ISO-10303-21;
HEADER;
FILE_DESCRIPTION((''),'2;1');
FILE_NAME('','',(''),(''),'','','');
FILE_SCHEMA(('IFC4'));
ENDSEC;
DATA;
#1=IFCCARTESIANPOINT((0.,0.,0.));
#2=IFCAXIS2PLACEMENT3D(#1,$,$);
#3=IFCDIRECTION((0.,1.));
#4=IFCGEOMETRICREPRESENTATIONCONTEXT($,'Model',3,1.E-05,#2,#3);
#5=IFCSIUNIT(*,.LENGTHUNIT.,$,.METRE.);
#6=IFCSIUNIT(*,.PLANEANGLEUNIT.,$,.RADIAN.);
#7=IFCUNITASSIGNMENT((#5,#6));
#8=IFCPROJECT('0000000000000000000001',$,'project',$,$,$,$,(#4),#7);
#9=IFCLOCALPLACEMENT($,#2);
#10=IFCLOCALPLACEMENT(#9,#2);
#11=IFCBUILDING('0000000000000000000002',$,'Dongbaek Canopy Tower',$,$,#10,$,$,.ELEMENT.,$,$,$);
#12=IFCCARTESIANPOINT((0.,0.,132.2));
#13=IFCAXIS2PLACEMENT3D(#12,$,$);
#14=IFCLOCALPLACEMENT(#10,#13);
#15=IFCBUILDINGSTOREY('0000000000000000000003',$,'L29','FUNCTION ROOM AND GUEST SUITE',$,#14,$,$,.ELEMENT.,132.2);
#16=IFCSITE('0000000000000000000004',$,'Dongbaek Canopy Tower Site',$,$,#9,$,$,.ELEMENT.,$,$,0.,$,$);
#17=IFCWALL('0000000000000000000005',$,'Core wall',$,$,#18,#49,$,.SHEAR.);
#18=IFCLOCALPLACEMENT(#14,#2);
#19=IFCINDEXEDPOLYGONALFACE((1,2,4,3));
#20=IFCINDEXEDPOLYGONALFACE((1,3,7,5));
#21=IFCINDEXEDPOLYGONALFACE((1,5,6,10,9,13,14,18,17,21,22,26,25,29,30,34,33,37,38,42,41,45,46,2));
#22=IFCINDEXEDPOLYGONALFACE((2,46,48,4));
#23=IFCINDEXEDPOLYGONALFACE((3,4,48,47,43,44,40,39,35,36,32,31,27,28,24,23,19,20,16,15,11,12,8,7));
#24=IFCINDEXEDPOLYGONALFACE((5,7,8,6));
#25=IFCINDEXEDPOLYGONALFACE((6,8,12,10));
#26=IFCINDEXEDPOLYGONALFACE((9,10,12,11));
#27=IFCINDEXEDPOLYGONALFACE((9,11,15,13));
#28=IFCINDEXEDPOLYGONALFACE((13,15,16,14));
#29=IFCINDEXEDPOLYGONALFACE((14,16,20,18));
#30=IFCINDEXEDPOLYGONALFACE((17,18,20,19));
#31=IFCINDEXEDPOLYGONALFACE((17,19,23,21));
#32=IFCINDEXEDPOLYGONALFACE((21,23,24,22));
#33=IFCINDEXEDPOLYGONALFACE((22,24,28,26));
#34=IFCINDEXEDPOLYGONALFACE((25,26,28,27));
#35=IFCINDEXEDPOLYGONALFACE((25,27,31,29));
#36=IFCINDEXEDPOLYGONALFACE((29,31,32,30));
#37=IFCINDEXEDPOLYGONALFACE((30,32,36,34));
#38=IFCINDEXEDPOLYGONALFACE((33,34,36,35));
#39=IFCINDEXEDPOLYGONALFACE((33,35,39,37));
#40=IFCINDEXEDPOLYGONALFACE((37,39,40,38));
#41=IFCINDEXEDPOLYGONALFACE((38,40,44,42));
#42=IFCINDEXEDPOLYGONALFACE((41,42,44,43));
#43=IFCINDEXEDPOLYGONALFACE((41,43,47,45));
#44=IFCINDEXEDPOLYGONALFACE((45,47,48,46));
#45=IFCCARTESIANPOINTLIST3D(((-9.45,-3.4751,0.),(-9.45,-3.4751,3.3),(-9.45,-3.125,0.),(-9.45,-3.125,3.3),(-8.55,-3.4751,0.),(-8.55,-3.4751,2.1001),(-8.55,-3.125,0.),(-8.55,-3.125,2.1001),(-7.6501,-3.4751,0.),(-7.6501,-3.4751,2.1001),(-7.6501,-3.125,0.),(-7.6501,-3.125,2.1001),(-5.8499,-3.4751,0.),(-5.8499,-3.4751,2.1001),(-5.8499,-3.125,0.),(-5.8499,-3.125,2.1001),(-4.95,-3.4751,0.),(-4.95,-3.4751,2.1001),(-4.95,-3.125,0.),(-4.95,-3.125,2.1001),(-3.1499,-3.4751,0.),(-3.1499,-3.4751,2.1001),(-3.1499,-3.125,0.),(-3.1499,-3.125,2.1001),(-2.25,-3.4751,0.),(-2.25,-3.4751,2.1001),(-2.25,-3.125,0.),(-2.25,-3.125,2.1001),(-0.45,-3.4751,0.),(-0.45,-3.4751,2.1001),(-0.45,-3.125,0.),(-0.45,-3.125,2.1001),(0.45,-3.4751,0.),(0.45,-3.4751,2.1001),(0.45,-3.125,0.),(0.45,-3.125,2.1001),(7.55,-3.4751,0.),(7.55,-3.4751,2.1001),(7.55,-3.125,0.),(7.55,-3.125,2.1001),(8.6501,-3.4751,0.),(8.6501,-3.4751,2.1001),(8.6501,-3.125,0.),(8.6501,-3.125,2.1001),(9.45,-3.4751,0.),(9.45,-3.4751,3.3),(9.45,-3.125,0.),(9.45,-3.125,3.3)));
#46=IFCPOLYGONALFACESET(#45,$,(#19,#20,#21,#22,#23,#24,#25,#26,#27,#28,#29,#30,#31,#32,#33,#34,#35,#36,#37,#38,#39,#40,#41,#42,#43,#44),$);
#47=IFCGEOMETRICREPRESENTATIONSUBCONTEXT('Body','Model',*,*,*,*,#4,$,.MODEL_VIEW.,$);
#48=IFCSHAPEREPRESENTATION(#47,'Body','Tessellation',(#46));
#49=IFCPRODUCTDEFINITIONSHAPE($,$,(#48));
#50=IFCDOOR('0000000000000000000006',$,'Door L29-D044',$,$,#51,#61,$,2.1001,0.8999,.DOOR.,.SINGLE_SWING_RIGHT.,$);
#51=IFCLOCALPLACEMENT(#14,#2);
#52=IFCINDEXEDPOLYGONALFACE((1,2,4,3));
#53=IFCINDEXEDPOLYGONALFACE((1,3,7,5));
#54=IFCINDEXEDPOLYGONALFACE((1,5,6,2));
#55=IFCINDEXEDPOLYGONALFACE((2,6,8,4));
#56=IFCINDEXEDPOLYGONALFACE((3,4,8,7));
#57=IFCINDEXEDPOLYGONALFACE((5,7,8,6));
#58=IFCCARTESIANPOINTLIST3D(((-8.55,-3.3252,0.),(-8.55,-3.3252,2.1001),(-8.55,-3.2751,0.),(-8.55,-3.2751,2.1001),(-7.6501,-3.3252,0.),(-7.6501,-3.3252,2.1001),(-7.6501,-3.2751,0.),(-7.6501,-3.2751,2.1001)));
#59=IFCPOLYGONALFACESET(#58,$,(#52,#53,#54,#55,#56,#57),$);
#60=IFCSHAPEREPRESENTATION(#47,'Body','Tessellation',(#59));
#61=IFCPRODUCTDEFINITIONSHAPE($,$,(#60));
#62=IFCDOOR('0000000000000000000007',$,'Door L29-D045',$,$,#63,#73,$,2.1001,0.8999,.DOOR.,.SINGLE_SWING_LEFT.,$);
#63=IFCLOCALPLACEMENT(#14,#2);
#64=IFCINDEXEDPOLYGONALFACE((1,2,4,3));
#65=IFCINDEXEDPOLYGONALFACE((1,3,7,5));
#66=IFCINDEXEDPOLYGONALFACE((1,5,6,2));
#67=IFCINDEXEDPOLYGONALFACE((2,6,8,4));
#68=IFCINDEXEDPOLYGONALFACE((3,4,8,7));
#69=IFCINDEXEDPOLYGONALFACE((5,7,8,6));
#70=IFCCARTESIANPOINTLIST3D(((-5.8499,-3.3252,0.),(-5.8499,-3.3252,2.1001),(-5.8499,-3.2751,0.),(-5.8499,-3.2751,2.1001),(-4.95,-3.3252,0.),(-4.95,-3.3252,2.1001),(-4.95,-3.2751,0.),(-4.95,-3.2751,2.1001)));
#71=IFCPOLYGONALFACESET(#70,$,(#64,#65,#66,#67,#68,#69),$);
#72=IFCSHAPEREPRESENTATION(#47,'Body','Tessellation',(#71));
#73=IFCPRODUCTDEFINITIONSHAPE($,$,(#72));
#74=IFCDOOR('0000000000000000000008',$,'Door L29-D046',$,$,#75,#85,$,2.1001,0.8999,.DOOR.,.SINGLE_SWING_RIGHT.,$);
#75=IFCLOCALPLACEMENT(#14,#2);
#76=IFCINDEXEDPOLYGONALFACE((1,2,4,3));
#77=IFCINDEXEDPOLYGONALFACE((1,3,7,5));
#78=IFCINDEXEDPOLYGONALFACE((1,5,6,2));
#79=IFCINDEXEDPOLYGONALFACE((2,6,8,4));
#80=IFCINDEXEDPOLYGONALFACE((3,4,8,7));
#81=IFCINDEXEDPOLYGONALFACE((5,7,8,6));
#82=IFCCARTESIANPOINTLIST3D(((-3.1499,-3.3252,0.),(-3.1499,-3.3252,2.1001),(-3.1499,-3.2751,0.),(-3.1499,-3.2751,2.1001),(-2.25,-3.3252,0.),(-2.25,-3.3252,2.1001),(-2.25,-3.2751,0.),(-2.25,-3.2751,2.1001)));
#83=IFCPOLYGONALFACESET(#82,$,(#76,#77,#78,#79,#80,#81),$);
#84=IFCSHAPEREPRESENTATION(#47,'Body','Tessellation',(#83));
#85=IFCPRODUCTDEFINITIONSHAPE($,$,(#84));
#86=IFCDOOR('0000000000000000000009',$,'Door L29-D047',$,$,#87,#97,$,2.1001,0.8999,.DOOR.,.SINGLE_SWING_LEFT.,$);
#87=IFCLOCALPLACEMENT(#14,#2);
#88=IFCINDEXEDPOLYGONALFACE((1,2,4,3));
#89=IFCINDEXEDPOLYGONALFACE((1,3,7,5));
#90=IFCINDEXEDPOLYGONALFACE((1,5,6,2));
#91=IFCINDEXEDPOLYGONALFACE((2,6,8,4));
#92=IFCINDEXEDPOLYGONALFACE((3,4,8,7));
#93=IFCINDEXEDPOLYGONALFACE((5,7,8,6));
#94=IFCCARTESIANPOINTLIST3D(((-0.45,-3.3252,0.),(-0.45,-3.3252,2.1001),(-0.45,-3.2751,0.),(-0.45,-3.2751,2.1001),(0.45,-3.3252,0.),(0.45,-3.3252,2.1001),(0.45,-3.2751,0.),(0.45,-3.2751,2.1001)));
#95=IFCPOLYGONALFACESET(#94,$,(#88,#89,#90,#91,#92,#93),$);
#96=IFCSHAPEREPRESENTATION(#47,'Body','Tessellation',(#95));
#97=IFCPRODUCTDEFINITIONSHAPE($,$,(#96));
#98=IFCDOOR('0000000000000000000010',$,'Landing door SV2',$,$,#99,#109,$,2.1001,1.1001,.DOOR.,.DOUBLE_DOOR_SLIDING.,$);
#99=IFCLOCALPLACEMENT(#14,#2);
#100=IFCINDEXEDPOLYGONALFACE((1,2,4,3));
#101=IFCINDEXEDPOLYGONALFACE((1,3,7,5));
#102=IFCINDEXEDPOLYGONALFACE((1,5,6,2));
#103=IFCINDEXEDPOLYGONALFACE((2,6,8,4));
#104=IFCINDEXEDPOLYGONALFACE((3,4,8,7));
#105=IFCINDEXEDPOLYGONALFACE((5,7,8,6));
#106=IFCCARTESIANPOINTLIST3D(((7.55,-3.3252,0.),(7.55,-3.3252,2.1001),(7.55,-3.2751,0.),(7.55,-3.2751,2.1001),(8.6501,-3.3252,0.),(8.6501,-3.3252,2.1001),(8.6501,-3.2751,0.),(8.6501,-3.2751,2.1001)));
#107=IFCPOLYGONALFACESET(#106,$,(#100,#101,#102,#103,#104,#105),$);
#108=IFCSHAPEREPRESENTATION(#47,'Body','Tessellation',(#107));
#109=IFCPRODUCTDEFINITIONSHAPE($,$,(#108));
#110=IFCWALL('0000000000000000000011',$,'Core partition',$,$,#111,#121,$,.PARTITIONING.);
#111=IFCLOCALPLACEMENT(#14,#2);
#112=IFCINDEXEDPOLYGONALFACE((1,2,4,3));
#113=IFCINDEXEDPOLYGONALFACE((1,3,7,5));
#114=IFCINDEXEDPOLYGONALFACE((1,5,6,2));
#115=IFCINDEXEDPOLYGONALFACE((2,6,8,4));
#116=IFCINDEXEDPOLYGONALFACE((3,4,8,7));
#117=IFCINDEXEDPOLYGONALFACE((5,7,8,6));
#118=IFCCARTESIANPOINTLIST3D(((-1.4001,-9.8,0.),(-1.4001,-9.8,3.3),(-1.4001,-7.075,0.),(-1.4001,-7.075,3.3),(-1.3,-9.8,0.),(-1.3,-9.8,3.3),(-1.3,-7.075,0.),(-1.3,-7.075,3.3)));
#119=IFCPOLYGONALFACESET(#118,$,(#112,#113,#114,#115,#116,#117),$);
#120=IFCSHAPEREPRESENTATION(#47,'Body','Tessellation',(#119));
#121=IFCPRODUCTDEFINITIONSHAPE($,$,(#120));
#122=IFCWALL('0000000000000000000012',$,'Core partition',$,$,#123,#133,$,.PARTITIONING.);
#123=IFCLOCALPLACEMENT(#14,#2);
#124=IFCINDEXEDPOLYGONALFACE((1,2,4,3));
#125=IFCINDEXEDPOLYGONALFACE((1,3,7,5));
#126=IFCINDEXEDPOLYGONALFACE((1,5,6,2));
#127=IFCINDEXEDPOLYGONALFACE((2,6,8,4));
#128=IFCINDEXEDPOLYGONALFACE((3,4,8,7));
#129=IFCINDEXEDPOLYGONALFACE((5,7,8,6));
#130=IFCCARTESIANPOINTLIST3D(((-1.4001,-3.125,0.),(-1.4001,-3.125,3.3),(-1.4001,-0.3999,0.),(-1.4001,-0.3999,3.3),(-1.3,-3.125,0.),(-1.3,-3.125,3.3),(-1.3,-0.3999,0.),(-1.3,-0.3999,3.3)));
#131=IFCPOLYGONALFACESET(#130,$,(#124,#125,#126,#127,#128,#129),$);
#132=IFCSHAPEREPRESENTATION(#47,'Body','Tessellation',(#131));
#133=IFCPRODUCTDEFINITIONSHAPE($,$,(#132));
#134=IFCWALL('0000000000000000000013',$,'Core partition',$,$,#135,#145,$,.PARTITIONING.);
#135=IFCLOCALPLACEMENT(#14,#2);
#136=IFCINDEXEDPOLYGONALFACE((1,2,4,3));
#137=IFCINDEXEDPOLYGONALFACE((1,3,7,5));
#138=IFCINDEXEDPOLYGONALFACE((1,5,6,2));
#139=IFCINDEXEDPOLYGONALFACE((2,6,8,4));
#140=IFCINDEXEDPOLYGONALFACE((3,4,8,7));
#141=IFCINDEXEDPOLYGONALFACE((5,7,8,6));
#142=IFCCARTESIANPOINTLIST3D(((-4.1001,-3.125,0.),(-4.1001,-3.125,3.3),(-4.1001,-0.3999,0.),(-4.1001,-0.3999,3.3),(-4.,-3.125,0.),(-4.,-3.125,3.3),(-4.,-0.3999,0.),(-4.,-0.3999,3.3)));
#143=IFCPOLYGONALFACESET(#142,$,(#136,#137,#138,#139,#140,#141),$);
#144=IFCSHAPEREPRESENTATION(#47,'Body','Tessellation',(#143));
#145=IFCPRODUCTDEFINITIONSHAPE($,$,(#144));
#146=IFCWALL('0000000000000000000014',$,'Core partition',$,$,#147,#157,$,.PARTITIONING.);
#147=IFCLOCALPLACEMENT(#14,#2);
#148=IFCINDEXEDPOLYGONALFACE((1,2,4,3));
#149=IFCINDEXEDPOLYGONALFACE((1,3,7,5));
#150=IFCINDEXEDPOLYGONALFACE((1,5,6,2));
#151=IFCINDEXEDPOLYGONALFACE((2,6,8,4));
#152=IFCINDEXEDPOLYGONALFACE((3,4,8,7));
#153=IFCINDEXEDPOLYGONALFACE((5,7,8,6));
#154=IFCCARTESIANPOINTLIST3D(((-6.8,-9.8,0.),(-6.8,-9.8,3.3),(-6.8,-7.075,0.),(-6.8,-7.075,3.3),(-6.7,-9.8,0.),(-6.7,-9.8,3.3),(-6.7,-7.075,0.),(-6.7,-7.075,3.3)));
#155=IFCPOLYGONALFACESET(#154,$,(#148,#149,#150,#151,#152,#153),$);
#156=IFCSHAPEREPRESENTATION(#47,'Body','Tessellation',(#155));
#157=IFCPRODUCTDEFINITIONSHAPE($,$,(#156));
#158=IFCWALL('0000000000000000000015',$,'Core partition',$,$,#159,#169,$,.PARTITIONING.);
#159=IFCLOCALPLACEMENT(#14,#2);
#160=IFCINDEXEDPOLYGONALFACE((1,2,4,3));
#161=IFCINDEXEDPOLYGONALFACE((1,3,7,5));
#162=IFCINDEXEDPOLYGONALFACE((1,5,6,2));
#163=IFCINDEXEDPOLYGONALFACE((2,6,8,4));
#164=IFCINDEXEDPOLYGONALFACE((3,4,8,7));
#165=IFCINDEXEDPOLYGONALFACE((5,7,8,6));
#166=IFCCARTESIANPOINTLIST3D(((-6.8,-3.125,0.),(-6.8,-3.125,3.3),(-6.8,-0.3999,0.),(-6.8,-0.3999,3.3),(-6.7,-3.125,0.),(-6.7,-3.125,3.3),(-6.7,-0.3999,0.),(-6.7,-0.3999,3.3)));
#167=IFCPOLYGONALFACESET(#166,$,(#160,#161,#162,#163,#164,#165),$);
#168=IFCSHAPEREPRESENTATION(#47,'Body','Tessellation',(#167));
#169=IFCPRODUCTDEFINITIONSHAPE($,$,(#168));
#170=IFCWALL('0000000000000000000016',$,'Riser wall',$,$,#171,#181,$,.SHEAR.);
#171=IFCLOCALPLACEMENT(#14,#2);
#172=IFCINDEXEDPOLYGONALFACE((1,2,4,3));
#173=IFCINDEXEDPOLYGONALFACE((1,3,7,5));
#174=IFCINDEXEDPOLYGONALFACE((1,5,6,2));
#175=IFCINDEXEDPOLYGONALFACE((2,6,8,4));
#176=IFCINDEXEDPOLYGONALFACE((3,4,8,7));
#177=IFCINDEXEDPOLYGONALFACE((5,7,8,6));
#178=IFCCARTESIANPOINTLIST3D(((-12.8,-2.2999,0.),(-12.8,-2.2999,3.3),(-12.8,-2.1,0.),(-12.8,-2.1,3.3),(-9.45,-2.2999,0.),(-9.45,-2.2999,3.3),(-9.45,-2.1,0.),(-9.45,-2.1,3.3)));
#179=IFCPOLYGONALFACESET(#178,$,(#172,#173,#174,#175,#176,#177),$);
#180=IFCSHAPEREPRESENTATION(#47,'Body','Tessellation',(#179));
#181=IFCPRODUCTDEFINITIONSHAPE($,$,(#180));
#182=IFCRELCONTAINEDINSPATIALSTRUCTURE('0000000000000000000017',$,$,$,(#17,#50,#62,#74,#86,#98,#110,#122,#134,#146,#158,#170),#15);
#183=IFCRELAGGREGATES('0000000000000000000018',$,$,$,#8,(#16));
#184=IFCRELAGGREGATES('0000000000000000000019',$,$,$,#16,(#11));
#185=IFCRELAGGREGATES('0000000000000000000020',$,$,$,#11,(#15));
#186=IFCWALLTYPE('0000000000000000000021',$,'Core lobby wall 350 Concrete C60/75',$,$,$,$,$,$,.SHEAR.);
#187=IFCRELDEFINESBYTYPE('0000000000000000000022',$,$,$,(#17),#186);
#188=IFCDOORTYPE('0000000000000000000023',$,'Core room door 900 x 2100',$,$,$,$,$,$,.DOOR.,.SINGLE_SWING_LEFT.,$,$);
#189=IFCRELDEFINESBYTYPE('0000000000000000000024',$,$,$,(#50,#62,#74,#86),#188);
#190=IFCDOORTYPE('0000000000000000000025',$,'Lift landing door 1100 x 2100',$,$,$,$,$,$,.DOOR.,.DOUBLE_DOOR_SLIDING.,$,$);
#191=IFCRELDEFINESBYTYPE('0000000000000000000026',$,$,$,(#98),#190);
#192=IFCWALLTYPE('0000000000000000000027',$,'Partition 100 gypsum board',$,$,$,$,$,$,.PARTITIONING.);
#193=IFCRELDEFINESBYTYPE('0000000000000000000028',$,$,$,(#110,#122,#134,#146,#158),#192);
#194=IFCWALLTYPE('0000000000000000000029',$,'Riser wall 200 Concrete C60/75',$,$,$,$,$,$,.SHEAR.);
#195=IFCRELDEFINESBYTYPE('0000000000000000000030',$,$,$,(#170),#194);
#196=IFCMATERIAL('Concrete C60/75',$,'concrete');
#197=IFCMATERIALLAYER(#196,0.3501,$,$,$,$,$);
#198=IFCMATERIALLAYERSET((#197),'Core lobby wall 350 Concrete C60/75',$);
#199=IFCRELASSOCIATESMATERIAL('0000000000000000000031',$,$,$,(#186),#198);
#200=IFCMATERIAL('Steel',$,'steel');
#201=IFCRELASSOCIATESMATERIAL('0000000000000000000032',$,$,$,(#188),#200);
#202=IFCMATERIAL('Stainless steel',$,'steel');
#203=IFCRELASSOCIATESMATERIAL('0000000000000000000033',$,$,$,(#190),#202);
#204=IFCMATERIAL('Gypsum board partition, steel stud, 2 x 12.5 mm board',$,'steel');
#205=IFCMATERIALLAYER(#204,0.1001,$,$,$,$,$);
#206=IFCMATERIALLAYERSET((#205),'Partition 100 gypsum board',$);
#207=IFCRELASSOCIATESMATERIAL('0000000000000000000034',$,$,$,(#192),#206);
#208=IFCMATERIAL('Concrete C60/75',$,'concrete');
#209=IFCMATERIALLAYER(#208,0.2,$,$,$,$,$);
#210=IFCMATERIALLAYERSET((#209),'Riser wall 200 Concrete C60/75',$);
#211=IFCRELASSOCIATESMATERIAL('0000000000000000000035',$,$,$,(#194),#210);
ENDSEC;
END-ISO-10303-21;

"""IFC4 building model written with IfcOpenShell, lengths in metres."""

from ifc_helpers import new_model, si_unit, direction, frame, frame_2d, origin, place, context, subcontext, project, spatial, rectangle, extrude, material, layer, layer_set, type_object, element, fill, save


model = new_model("IFC4")

# Units and contexts
model_context = context("Model", 3, precision=1e-05, world=origin(), true_north=direction((0.0, 1.0)))
body_context = subcontext(model_context, "Body", "Model", "MODEL_VIEW")
ifc_project = project(units=[si_unit("LENGTHUNIT", "METRE"), si_unit("PLANEANGLEUNIT", "RADIAN")], contexts=[model_context])

# Site, building, storey
site_placement = place(None, origin())
site = spatial("IfcSite", under=ifc_project, at=site_placement, Name="Dongbaek Canopy Tower Site", CompositionType="ELEMENT", RefElevation=0.0)
building_placement = place(site_placement, origin())
building = spatial("IfcBuilding", under=site, at=building_placement, Name="Dongbaek Canopy Tower", CompositionType="ELEMENT")
storey_placement = place(building_placement, frame((0.0, 0.0, 132.2)))
storey = spatial("IfcBuildingStorey", under=building, at=storey_placement, Name="L29", Description="FUNCTION ROOM AND GUEST SUITE", CompositionType="ELEMENT", Elevation=132.2)

# Wall, openings, doors
ifc_material_1 = material(Name="Concrete C60/75", Category="concrete")
ifc_layer_1 = layer(ifc_material_1, 0.3501)
ifc_layer_set_1 = layer_set([ifc_layer_1], Name="Core lobby wall 350 Concrete C60/75")
wall_type_1 = type_object("IfcWallType", Name="Core lobby wall 350 Concrete C60/75", PredefinedType="SHEAR", material=ifc_layer_set_1)
wall_1_placement = place(storey_placement, frame((-9.45, -3.3, 0.0), z_axis=(0.0, 0.0, 1.0), x_axis=(1.0, 0.0, 0.0)))
wall_1 = element("IfcWall", 1, at=wall_1_placement, inside=storey, type_object=wall_type_1, Name="Core wall", PredefinedType="SHEAR", context=body_context, shape_type="SweptSolid", body=[
    extrude(rectangle(XDim=18.8999, YDim=0.3501, at=frame_2d((9.45, 0.0))), origin(), (0.0, 0.0, 1.0), 3.3),
])
opening_1_placement = place(wall_1_placement, frame((17.0, 0.0, 0.0)))
opening_1 = element("IfcOpeningElement", 2, at=opening_1_placement, cuts=wall_1, PredefinedType="OPENING", context=body_context, shape_type="SweptSolid", body=[
    extrude(rectangle(XDim=1.1001, YDim=2.1001, at=frame_2d((0.55, 1.05))), frame((0.0, 0.1851, 0.0), z_axis=(0.0, -1.0, 0.0), x_axis=(1.0, 0.0, 0.0)), (0.0, 0.0, 1.0), 0.3701),
])
opening_2_placement = place(wall_1_placement, frame((0.8999, 0.0, 0.0)))
opening_2 = element("IfcOpeningElement", 3, at=opening_2_placement, cuts=wall_1, PredefinedType="OPENING", context=body_context, shape_type="SweptSolid", body=[
    extrude(rectangle(XDim=0.8999, YDim=2.1001, at=frame_2d((0.45, 1.05))), frame((0.0, 0.1851, 0.0), z_axis=(0.0, -1.0, 0.0), x_axis=(1.0, 0.0, 0.0)), (0.0, 0.0, 1.0), 0.3701),
])
opening_3_placement = place(wall_1_placement, frame((3.6001, 0.0, 0.0)))
opening_3 = element("IfcOpeningElement", 4, at=opening_3_placement, cuts=wall_1, PredefinedType="OPENING", context=body_context, shape_type="SweptSolid", body=[
    extrude(rectangle(XDim=0.8999, YDim=2.1001, at=frame_2d((0.45, 1.05))), frame((0.0, 0.1851, 0.0), z_axis=(0.0, -1.0, 0.0), x_axis=(1.0, 0.0, 0.0)), (0.0, 0.0, 1.0), 0.3701),
])
opening_4_placement = place(wall_1_placement, frame((6.3, 0.0, 0.0)))
opening_4 = element("IfcOpeningElement", 5, at=opening_4_placement, cuts=wall_1, PredefinedType="OPENING", context=body_context, shape_type="SweptSolid", body=[
    extrude(rectangle(XDim=0.8999, YDim=2.1001, at=frame_2d((0.45, 1.05))), frame((0.0, 0.1851, 0.0), z_axis=(0.0, -1.0, 0.0), x_axis=(1.0, 0.0, 0.0)), (0.0, 0.0, 1.0), 0.3701),
])
opening_5_placement = place(wall_1_placement, frame((9.0, 0.0, 0.0)))
opening_5 = element("IfcOpeningElement", 6, at=opening_5_placement, cuts=wall_1, PredefinedType="OPENING", context=body_context, shape_type="SweptSolid", body=[
    extrude(rectangle(XDim=0.8999, YDim=2.1001, at=frame_2d((0.45, 1.05))), frame((0.0, 0.1851, 0.0), z_axis=(0.0, -1.0, 0.0), x_axis=(1.0, 0.0, 0.0)), (0.0, 0.0, 1.0), 0.3701),
])
ifc_material_2 = material(Name="Steel", Category="steel")
door_type_1 = type_object("IfcDoorType", Name="Core room door 900 x 2100", OperationType="SINGLE_SWING_LEFT", PredefinedType="DOOR", material=ifc_material_2)
door_1_placement = place(opening_2_placement, origin())
door_1 = element("IfcDoor", 7, at=door_1_placement, inside=storey, type_object=door_type_1, Name="Door L29-D044", OperationType="SINGLE_SWING_RIGHT", OverallHeight=2.1001, OverallWidth=0.8999, PredefinedType="DOOR", context=body_context, shape_type="SweptSolid", body=[
    extrude(rectangle(XDim=0.8999, YDim=2.1001, at=frame_2d((0.45, 1.05))), frame((0.0, 0.0249, 0.0), z_axis=(0.0, -1.0, 0.0), x_axis=(1.0, 0.0, 0.0)), (0.0, 0.0, 1.0), 0.05),
])
fill(opening_2, door_1)
door_2_placement = place(opening_3_placement, origin())
door_2 = element("IfcDoor", 8, at=door_2_placement, inside=storey, type_object=door_type_1, Name="Door L29-D045", OperationType="SINGLE_SWING_LEFT", OverallHeight=2.1001, OverallWidth=0.8999, PredefinedType="DOOR", context=body_context, shape_type="SweptSolid", body=[
    extrude(rectangle(XDim=0.8999, YDim=2.1001, at=frame_2d((0.45, 1.05))), frame((0.0, 0.0249, 0.0), z_axis=(0.0, -1.0, 0.0), x_axis=(1.0, 0.0, 0.0)), (0.0, 0.0, 1.0), 0.05),
])
fill(opening_3, door_2)
door_3_placement = place(opening_4_placement, origin())
door_3 = element("IfcDoor", 9, at=door_3_placement, inside=storey, type_object=door_type_1, Name="Door L29-D046", OperationType="SINGLE_SWING_RIGHT", OverallHeight=2.1001, OverallWidth=0.8999, PredefinedType="DOOR", context=body_context, shape_type="SweptSolid", body=[
    extrude(rectangle(XDim=0.8999, YDim=2.1001, at=frame_2d((0.45, 1.05))), frame((0.0, 0.0249, 0.0), z_axis=(0.0, -1.0, 0.0), x_axis=(1.0, 0.0, 0.0)), (0.0, 0.0, 1.0), 0.05),
])
fill(opening_4, door_3)
door_4_placement = place(opening_5_placement, origin())
door_4 = element("IfcDoor", 10, at=door_4_placement, inside=storey, type_object=door_type_1, Name="Door L29-D047", OperationType="SINGLE_SWING_LEFT", OverallHeight=2.1001, OverallWidth=0.8999, PredefinedType="DOOR", context=body_context, shape_type="SweptSolid", body=[
    extrude(rectangle(XDim=0.8999, YDim=2.1001, at=frame_2d((0.45, 1.05))), frame((0.0, 0.0249, 0.0), z_axis=(0.0, -1.0, 0.0), x_axis=(1.0, 0.0, 0.0)), (0.0, 0.0, 1.0), 0.05),
])
fill(opening_5, door_4)
ifc_material_3 = material(Name="Stainless steel", Category="steel")
door_type_2 = type_object("IfcDoorType", Name="Lift landing door 1100 x 2100", OperationType="DOUBLE_DOOR_SLIDING", PredefinedType="DOOR", material=ifc_material_3)
door_5_placement = place(opening_1_placement, origin())
door_5 = element("IfcDoor", 11, at=door_5_placement, inside=storey, type_object=door_type_2, Name="Landing door SV2", OperationType="DOUBLE_DOOR_SLIDING", OverallHeight=2.1001, OverallWidth=1.1001, PredefinedType="DOOR", context=body_context, shape_type="SweptSolid", body=[
    extrude(rectangle(XDim=1.1001, YDim=2.1001, at=frame_2d((0.55, 1.05))), frame((0.0, 0.0249, 0.0), z_axis=(0.0, -1.0, 0.0), x_axis=(1.0, 0.0, 0.0)), (0.0, 0.0, 1.0), 0.05),
])
fill(opening_1, door_5)

# Walls
ifc_material_4 = material(Name="Gypsum board partition, steel stud, 2 x 12.5 mm board", Category="steel")
ifc_layer_2 = layer(ifc_material_4, 0.1001)
ifc_layer_set_2 = layer_set([ifc_layer_2], Name="Partition 100 gypsum board")
wall_type_2 = type_object("IfcWallType", Name="Partition 100 gypsum board", PredefinedType="PARTITIONING", material=ifc_layer_set_2)
for number, where, z_axis, x_axis, name in (
    (12, (-1.3501, -9.8, 0.0), (0.0, 0.0, 1.0), (0.0, 1.0, 0.0), "Core partition"),
    (13, (-1.3501, -3.125, 0.0), (0.0, 0.0, 1.0), (0.0, 1.0, 0.0), "Core partition"),
    (14, (-4.05, -3.125, 0.0), (0.0, 0.0, 1.0), (0.0, 1.0, 0.0), "Core partition"),
    (15, (-6.75, -9.8, 0.0), (0.0, 0.0, 1.0), (0.0, 1.0, 0.0), "Core partition"),
    (16, (-6.75, -3.125, 0.0), (0.0, 0.0, 1.0), (0.0, 1.0, 0.0), "Core partition"),
):
    element("IfcWall", number, at=place(storey_placement, frame(where, z_axis=z_axis, x_axis=x_axis)), inside=storey, type_object=wall_type_2, Name=name, PredefinedType="PARTITIONING", context=body_context, shape_type="SweptSolid", body=[
        extrude(rectangle(XDim=2.7251, YDim=0.1001, at=frame_2d((1.3625, 0.0))), origin(), (0.0, 0.0, 1.0), 3.3),
    ])
ifc_material_5 = material(Name="Concrete C60/75", Category="concrete")
ifc_layer_3 = layer(ifc_material_5, 0.2)
ifc_layer_set_3 = layer_set([ifc_layer_3], Name="Riser wall 200 Concrete C60/75")
wall_type_3 = type_object("IfcWallType", Name="Riser wall 200 Concrete C60/75", PredefinedType="SHEAR", material=ifc_layer_set_3)
wall_2_placement = place(storey_placement, frame((-9.45, -2.2, 0.0), z_axis=(0.0, 0.0, 1.0), x_axis=(-1.0, 0.0, 0.0)))
element("IfcWall", 17, at=wall_2_placement, inside=storey, type_object=wall_type_3, Name="Riser wall", PredefinedType="SHEAR", context=body_context, shape_type="SweptSolid", body=[
    extrude(rectangle(XDim=3.3501, YDim=0.2, at=frame_2d((1.675, 0.0))), origin(), (0.0, 0.0, 1.0), 3.3),
])

save(model, "model.ifc")
